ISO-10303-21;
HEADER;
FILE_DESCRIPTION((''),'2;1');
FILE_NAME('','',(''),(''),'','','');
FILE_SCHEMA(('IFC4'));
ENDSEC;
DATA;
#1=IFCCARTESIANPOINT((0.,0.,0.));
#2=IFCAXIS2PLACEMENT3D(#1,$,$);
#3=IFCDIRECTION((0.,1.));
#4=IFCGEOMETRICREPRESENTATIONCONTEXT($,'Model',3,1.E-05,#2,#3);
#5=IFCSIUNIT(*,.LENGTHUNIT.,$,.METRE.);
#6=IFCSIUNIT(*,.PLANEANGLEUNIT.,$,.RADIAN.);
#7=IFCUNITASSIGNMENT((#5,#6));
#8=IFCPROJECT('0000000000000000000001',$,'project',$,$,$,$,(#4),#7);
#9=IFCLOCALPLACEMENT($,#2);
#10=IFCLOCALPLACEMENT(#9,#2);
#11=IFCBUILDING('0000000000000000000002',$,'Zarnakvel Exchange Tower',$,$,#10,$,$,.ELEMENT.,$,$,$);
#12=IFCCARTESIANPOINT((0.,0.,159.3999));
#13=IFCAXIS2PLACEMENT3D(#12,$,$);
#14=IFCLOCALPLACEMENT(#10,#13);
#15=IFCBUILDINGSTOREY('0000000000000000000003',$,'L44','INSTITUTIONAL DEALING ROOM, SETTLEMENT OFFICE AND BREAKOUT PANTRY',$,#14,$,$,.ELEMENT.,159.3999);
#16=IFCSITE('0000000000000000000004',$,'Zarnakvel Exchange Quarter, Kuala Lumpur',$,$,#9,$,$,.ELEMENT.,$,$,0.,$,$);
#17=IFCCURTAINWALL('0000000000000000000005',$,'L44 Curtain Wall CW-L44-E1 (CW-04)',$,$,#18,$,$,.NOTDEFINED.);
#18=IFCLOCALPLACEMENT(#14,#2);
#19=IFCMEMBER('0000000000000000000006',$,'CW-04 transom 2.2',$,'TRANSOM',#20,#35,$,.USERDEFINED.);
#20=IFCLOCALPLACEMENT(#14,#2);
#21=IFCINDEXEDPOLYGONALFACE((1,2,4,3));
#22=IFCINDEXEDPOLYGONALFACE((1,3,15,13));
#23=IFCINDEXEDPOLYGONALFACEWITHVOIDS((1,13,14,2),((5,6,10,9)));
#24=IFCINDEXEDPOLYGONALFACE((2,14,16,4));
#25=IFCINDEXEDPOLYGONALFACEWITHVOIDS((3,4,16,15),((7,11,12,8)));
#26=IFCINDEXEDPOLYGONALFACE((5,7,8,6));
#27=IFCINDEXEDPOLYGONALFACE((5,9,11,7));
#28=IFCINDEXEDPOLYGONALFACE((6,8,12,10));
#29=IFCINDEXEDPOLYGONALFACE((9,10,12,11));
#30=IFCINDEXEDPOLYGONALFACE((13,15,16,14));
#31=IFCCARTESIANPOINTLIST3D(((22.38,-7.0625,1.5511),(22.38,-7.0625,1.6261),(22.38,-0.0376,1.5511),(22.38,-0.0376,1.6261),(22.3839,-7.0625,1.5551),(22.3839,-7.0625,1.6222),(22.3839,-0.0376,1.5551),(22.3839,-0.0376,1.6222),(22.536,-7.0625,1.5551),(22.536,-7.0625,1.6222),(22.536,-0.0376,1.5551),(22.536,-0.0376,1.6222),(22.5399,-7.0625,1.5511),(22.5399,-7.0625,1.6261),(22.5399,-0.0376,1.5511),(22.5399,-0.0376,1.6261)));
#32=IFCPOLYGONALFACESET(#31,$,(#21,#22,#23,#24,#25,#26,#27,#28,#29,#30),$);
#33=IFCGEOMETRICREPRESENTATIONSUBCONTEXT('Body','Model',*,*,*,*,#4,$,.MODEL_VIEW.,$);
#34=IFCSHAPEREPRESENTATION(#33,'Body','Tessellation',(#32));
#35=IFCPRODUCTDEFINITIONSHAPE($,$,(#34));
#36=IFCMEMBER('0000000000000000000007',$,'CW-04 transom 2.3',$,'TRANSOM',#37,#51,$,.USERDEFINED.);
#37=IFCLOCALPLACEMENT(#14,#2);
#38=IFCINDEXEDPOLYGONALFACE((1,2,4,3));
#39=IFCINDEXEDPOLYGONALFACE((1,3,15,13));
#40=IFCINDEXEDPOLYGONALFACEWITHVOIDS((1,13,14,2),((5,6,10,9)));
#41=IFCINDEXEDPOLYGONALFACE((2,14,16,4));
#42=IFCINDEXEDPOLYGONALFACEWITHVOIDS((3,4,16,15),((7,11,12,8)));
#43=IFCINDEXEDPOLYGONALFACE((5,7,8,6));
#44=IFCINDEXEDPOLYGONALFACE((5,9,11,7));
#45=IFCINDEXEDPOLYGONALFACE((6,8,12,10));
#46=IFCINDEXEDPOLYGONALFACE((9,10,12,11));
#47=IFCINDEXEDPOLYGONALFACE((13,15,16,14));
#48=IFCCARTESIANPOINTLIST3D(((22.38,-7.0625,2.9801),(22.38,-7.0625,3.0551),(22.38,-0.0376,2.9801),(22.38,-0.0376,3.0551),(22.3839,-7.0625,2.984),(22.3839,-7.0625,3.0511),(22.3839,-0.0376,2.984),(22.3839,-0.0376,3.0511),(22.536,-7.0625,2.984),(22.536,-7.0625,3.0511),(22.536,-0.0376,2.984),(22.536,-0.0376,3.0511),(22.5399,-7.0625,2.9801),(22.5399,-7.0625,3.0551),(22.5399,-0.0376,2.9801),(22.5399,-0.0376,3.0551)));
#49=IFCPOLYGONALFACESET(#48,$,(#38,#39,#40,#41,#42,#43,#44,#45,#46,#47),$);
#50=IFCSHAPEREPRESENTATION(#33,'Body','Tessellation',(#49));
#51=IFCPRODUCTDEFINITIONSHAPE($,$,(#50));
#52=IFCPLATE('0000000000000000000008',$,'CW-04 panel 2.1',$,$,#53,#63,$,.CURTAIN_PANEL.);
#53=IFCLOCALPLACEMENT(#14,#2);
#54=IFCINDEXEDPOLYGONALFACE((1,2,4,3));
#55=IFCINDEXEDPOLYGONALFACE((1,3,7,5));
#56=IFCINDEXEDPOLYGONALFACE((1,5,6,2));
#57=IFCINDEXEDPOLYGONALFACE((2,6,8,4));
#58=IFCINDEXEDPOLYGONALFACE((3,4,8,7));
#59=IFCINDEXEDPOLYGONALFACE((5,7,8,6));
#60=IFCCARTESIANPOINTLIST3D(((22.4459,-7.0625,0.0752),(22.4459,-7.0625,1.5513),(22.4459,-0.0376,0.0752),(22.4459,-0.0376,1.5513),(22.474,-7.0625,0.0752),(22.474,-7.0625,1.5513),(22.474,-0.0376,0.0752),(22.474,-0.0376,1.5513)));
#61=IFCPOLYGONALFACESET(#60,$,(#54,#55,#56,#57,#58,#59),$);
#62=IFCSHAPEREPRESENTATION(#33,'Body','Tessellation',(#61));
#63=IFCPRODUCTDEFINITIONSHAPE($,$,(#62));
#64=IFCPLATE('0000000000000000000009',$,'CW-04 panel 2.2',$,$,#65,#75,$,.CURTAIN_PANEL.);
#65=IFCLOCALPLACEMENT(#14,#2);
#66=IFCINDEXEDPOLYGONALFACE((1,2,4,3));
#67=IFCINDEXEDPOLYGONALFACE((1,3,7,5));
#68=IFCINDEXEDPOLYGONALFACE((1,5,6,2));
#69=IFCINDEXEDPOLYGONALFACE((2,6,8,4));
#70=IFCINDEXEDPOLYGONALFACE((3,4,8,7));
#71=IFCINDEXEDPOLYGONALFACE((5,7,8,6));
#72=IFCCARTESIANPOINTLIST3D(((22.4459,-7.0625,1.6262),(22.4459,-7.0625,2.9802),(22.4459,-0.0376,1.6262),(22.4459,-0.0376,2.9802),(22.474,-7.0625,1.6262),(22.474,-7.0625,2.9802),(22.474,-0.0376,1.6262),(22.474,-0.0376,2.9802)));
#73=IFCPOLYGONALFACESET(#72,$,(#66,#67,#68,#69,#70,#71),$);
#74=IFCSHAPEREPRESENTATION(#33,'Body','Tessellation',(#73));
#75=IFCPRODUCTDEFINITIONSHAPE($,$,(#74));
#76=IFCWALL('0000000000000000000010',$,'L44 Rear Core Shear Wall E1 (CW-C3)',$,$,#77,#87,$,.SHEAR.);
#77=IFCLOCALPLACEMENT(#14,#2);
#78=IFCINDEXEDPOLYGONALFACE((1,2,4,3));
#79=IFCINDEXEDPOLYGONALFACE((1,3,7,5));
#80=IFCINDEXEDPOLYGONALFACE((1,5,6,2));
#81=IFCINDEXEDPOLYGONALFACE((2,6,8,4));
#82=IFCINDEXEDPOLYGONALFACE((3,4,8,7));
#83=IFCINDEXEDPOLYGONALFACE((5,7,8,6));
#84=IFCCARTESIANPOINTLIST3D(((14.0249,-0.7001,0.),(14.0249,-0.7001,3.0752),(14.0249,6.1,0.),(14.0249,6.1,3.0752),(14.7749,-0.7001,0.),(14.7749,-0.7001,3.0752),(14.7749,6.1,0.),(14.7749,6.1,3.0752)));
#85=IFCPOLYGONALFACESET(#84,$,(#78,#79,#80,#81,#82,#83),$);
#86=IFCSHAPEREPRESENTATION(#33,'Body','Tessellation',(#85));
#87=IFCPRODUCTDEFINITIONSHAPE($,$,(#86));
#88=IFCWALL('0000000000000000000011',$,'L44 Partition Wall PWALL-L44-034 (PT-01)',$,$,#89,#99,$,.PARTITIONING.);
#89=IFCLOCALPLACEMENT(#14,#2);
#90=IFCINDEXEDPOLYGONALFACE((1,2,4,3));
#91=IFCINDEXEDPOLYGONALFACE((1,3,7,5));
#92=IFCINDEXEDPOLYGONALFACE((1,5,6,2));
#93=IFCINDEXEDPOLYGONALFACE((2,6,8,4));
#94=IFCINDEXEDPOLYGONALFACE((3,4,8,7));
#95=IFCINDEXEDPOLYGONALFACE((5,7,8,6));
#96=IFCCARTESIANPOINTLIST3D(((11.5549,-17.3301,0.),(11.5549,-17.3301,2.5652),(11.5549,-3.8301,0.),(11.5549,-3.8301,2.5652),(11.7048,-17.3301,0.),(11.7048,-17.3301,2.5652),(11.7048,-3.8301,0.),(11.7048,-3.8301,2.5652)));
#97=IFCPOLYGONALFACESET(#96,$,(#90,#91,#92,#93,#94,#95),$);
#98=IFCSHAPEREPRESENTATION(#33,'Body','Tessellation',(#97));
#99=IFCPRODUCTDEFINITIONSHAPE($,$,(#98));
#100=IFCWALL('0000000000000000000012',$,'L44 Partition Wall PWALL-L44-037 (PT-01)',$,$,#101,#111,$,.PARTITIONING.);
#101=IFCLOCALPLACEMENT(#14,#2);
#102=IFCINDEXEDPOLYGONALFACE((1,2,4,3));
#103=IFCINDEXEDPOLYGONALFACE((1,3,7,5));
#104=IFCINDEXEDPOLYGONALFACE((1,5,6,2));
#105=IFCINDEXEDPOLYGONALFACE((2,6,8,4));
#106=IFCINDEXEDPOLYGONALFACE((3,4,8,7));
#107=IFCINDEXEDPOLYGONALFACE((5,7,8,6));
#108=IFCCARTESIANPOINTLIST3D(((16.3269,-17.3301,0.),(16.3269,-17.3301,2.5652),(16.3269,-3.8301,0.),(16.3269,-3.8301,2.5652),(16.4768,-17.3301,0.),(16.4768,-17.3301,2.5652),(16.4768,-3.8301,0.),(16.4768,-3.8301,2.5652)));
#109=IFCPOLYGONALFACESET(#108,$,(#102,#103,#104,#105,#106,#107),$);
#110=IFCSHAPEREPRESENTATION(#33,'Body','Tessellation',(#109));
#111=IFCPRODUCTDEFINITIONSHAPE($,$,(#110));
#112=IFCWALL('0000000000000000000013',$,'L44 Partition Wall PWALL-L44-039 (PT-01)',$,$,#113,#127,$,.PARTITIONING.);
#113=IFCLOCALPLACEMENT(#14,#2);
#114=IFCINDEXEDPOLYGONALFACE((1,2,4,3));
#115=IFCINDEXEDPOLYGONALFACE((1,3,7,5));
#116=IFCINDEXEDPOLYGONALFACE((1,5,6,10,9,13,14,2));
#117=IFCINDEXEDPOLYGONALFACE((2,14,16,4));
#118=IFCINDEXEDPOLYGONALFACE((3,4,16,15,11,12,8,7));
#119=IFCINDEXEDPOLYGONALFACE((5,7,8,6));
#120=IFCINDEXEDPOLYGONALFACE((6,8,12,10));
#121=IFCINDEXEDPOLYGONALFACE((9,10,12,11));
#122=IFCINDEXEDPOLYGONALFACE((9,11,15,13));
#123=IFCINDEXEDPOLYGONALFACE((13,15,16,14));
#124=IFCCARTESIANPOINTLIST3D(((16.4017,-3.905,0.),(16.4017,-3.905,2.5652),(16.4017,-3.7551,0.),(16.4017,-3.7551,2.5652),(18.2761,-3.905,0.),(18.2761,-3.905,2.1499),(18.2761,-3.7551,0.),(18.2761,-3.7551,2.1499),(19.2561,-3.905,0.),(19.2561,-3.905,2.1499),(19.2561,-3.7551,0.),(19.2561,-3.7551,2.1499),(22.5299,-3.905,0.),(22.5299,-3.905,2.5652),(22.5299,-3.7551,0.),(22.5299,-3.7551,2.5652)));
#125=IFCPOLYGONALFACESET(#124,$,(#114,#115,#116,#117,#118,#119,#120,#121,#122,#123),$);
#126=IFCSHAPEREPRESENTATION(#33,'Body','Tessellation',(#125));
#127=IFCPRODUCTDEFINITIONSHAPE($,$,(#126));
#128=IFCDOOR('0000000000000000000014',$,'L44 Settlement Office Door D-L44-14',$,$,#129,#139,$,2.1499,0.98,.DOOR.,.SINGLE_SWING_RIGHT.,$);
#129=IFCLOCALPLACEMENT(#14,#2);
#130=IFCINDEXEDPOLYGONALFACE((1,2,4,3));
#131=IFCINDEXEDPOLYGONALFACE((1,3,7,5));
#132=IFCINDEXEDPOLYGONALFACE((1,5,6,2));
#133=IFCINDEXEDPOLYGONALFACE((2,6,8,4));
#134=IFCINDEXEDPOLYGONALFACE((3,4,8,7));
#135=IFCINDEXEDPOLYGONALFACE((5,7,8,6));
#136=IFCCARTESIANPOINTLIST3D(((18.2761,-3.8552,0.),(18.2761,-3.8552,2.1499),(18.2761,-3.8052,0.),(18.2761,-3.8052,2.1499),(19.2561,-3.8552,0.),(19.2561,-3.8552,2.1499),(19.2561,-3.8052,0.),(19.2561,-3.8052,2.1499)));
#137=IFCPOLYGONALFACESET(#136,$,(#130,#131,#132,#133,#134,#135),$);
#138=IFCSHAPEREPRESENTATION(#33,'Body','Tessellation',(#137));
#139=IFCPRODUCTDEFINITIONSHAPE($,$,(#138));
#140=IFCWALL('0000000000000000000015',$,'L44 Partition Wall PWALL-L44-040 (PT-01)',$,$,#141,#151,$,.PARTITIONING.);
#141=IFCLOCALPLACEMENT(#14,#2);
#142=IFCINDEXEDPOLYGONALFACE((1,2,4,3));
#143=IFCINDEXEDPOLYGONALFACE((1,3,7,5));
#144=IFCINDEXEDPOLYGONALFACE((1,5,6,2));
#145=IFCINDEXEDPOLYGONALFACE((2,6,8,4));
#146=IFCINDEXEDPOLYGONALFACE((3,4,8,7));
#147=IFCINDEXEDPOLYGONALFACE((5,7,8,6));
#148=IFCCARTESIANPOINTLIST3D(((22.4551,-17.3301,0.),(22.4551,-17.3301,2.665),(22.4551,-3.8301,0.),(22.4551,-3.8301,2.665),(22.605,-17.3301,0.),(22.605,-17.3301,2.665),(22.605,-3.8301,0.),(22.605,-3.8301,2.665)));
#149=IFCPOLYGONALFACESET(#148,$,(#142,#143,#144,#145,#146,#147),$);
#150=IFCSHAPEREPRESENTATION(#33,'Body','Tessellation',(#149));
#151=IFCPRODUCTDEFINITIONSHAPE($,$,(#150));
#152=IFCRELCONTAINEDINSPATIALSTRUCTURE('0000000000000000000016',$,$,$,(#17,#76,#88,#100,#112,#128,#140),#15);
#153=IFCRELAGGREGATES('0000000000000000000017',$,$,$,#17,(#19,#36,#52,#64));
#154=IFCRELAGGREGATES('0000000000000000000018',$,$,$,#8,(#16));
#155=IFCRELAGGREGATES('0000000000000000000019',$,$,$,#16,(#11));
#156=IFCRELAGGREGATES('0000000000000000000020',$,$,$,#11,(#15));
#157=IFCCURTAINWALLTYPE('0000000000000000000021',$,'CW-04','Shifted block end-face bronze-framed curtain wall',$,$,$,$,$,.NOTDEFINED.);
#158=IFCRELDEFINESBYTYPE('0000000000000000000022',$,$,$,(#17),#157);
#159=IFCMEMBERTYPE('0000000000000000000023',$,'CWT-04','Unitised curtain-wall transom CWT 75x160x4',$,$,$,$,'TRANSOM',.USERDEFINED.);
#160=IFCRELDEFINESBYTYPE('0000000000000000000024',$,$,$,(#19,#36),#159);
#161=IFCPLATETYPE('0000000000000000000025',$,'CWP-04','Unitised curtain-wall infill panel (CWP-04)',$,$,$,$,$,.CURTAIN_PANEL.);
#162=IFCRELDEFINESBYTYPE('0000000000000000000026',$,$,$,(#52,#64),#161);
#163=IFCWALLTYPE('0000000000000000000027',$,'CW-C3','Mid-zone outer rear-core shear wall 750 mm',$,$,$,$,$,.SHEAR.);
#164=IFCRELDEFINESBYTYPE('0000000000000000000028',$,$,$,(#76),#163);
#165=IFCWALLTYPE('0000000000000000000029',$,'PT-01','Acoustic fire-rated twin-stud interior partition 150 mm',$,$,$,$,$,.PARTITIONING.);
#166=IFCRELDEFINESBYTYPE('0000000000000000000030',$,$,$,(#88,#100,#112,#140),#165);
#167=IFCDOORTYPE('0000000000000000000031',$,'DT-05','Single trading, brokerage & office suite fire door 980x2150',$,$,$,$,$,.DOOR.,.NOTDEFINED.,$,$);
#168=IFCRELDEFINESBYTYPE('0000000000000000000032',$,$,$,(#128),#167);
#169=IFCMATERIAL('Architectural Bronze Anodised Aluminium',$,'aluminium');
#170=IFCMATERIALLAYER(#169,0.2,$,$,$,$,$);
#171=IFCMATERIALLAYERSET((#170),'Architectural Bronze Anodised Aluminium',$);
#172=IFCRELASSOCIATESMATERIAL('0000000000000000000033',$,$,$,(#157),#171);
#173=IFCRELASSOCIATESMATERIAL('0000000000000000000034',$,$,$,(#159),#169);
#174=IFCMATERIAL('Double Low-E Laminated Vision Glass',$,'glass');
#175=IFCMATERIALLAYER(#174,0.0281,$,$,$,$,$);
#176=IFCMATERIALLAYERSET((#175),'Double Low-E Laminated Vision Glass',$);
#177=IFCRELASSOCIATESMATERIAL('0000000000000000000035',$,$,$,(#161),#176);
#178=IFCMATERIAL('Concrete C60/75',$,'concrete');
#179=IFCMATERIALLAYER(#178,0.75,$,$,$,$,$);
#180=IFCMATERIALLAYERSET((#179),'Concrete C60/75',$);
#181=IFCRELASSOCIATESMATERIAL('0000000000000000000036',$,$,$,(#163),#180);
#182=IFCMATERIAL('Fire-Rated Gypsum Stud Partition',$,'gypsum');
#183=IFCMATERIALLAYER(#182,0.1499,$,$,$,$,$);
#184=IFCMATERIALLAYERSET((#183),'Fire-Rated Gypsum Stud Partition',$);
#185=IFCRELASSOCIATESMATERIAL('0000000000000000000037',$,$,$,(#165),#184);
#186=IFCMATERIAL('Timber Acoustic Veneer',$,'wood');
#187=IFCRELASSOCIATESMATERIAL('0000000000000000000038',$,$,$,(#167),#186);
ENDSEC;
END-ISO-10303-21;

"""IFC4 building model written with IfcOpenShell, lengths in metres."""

from ifc_helpers import new_model, si_unit, direction, frame, frame_2d, origin, origin_2d, place, context, subcontext, project, spatial, rectangle, hollow_rectangle, extrude, source, transform, mapped, material, layer, layer_set, material_profile, profile_set, type_object, element, fill, aggregate, save


model = new_model("IFC4")

# Units and contexts
model_context = context("Model", 3, precision=1e-05, world=origin(), true_north=direction((0.0, 1.0)))
body_context = subcontext(model_context, "Body", "Model", "MODEL_VIEW")
ifc_project = project(units=[si_unit("LENGTHUNIT", "METRE"), si_unit("PLANEANGLEUNIT", "RADIAN")], contexts=[model_context])

# Site, building, storey
site_placement = place(None, origin())
site = spatial("IfcSite", under=ifc_project, at=site_placement, Name="Zarnakvel Exchange Quarter, Kuala Lumpur", CompositionType="ELEMENT", RefElevation=0.0)
building_placement = place(site_placement, origin())
building = spatial("IfcBuilding", under=site, at=building_placement, Name="Zarnakvel Exchange Tower", CompositionType="ELEMENT")
storey_placement = place(building_placement, frame((0.0, 0.0, 159.3999)))
storey = spatial("IfcBuildingStorey", under=building, at=storey_placement, Name="L44", Description="INSTITUTIONAL DEALING ROOM, SETTLEMENT OFFICE AND BREAKOUT PANTRY", CompositionType="ELEMENT", Elevation=159.3999)

# Shared definitions
ifc_material_1 = material(Name="Concrete C60/75", Category="concrete")

# Curtain wall, members, plates
ifc_material_2 = material(Name="Architectural Bronze Anodised Aluminium", Category="aluminium")
ifc_layer_1 = layer(ifc_material_2, 0.2)
ifc_layer_set_1 = layer_set([ifc_layer_1], Name="Architectural Bronze Anodised Aluminium")
curtain_wall_type = type_object("IfcCurtainWallType", Name="CW-04", Description="Shifted block end-face bronze-framed curtain wall", PredefinedType="NOTDEFINED", material=ifc_layer_set_1)
curtain_wall_placement = place(storey_placement, origin())
curtain_wall = element("IfcCurtainWall", 1, at=curtain_wall_placement, inside=storey, type_object=curtain_wall_type, Name="L44 Curtain Wall CW-L44-E1 (CW-04)", PredefinedType="NOTDEFINED")
ifc_material_profile_1 = material_profile(ifc_material_2, hollow_rectangle(XDim=0.1599, YDim=0.075, WallThickness=0.0039, at=origin_2d()))
ifc_profile_set_1 = profile_set([ifc_material_profile_1], Name="Architectural Bronze Anodised Aluminium")
member_type_1 = type_object("IfcMemberType", Name="CWT-04", Description="Unitised curtain-wall transom CWT 75x160x4", ElementType="TRANSOM", PredefinedType="USERDEFINED", material=ifc_profile_set_1)
shared_shape_1 = source(origin(), body_context, "Body", "SweptSolid", [
    extrude(hollow_rectangle(XDim=0.1599, YDim=0.075, WallThickness=0.0039, at=origin_2d()), origin(), (0.0, 0.0, 1.0), 7.0249),
])
member_1_placement = place(storey_placement, frame((22.46, -7.0625, 1.5886), z_axis=(0.0, 1.0, 0.0), x_axis=(-1.0, 0.0, 0.0)))
member_1 = element("IfcMember", 2, at=member_1_placement, type_object=member_type_1, Name="CW-04 transom 2.2", ObjectType="TRANSOM", PredefinedType="USERDEFINED", context=body_context, shape_type="MappedRepresentation", body=[
    mapped(shared_shape_1, transform((0.0, 0.0, 0.0), x_axis=(1.0, 0.0, 0.0), y_axis=(0.0, 1.0, 0.0), z_axis=(0.0, 0.0, 1.0), scale=1.0)),
])
member_2_placement = place(storey_placement, frame((22.46, -7.0625, 3.0176), z_axis=(0.0, 1.0, 0.0), x_axis=(-1.0, 0.0, 0.0)))
member_2 = element("IfcMember", 3, at=member_2_placement, type_object=member_type_1, Name="CW-04 transom 2.3", ObjectType="TRANSOM", PredefinedType="USERDEFINED", context=body_context, shape_type="MappedRepresentation", body=[
    mapped(shared_shape_1, transform((0.0, 0.0, 0.0), x_axis=(1.0, 0.0, 0.0), y_axis=(0.0, 1.0, 0.0), z_axis=(0.0, 0.0, 1.0), scale=1.0)),
])
ifc_material_3 = material(Name="Double Low-E Laminated Vision Glass", Category="glass")
ifc_layer_2 = layer(ifc_material_3, 0.0281)
ifc_layer_set_2 = layer_set([ifc_layer_2], Name="Double Low-E Laminated Vision Glass")
plate_type = type_object("IfcPlateType", Name="CWP-04", Description="Unitised curtain-wall infill panel (CWP-04)", PredefinedType="CURTAIN_PANEL", material=ifc_layer_set_2)
shared_shape_2 = source(origin(), body_context, "Body", "SweptSolid", [
    extrude(rectangle(XDim=7.0249, YDim=0.0281, at=origin_2d()), origin(), (0.0, 0.0, 1.0), 1.4761),
])
plate_1_placement = place(storey_placement, frame((22.46, -3.55, 0.0752), z_axis=(0.0, 0.0, 1.0), x_axis=(0.0, 1.0, 0.0)))
plate_1 = element("IfcPlate", 4, at=plate_1_placement, type_object=plate_type, Name="CW-04 panel 2.1", PredefinedType="CURTAIN_PANEL", context=body_context, shape_type="MappedRepresentation", body=[
    mapped(shared_shape_2, transform((0.0, 0.0, 0.0), x_axis=(1.0, 0.0, 0.0), y_axis=(0.0, 1.0, 0.0), z_axis=(0.0, 0.0, 1.0), scale=1.0)),
])
shared_shape_3 = source(origin(), body_context, "Body", "SweptSolid", [
    extrude(rectangle(XDim=7.0249, YDim=0.0281, at=origin_2d()), origin(), (0.0, 0.0, 1.0), 1.354),
])
plate_2_placement = place(storey_placement, frame((22.46, -3.55, 1.6262), z_axis=(0.0, 0.0, 1.0), x_axis=(0.0, 1.0, 0.0)))
plate_2 = element("IfcPlate", 5, at=plate_2_placement, type_object=plate_type, Name="CW-04 panel 2.2", PredefinedType="CURTAIN_PANEL", context=body_context, shape_type="MappedRepresentation", body=[
    mapped(shared_shape_3, transform((0.0, 0.0, 0.0), x_axis=(1.0, 0.0, 0.0), y_axis=(0.0, 1.0, 0.0), z_axis=(0.0, 0.0, 1.0), scale=1.0)),
])
aggregate(curtain_wall, [member_1, member_2, plate_1, plate_2])

# Wall
ifc_layer_3 = layer(ifc_material_1, 0.75)
ifc_layer_set_3 = layer_set([ifc_layer_3], Name="Concrete C60/75")
wall_type_1 = type_object("IfcWallType", Name="CW-C3", Description="Mid-zone outer rear-core shear wall 750 mm", PredefinedType="SHEAR", material=ifc_layer_set_3)
wall_1_placement = place(storey_placement, frame((14.3999, -0.7, 0.0), z_axis=(0.0, 0.0, 1.0), x_axis=(0.0, 1.0, 0.0)))
element("IfcWall", 6, at=wall_1_placement, inside=storey, type_object=wall_type_1, Name="L44 Rear Core Shear Wall E1 (CW-C3)", PredefinedType="SHEAR", context=body_context, shape_type="SweptSolid", body=[
    extrude(rectangle(XDim=6.8, YDim=0.75, at=frame_2d((3.3999, 0.0))), origin(), (0.0, 0.0, 1.0), 3.0752),
])

# Shared definitions
ifc_material_4 = material(Name="Fire-Rated Gypsum Stud Partition", Category="gypsum")
ifc_layer_4 = layer(ifc_material_4, 0.1499)
ifc_layer_set_4 = layer_set([ifc_layer_4], Name="Fire-Rated Gypsum Stud Partition")
wall_type_2 = type_object("IfcWallType", Name="PT-01", Description="Acoustic fire-rated twin-stud interior partition 150 mm", PredefinedType="PARTITIONING", material=ifc_layer_set_4)
ifc_material_5 = material(Name="Timber Acoustic Veneer", Category="wood")
door_type_1 = type_object("IfcDoorType", Name="DT-05", Description="Single trading, brokerage & office suite fire door 980x2150", OperationType="NOTDEFINED", PredefinedType="DOOR", material=ifc_material_5)
shared_shape_4 = source(origin(), body_context, "Body", "SweptSolid", [
    extrude(rectangle(XDim=0.98, YDim=2.1499, at=frame_2d((0.49, 1.075))), frame((0.0, 0.0249, 0.0), z_axis=(0.0, -1.0, 0.0), x_axis=(1.0, 0.0, 0.0)), (0.0, 0.0, 1.0), 0.05),
])

# Wall
wall_2_placement = place(storey_placement, frame((11.6299, -3.8301, 0.0), z_axis=(0.0, 0.0, 1.0), x_axis=(0.0, -1.0, 0.0)))
element("IfcWall", 7, at=wall_2_placement, inside=storey, type_object=wall_type_2, Name="L44 Partition Wall PWALL-L44-034 (PT-01)", PredefinedType="PARTITIONING", context=body_context, shape_type="SweptSolid", body=[
    extrude(rectangle(XDim=13.5, YDim=0.1499, at=frame_2d((6.75, 0.0))), origin(), (0.0, 0.0, 1.0), 2.5652),
])

# Wall
wall_3_placement = place(storey_placement, frame((16.4019, -3.8301, 0.0), z_axis=(0.0, 0.0, 1.0), x_axis=(0.0, -1.0, 0.0)))
element("IfcWall", 8, at=wall_3_placement, inside=storey, type_object=wall_type_2, Name="L44 Partition Wall PWALL-L44-037 (PT-01)", PredefinedType="PARTITIONING", context=body_context, shape_type="SweptSolid", body=[
    extrude(rectangle(XDim=13.5, YDim=0.1499, at=frame_2d((6.75, 0.0))), origin(), (0.0, 0.0, 1.0), 2.5652),
])

# Wall, opening, door
wall_4_placement = place(storey_placement, frame((16.4019, -3.8301, 0.0), z_axis=(0.0, 0.0, 1.0), x_axis=(1.0, 0.0, 0.0)))
wall_4 = element("IfcWall", 9, at=wall_4_placement, inside=storey, type_object=wall_type_2, Name="L44 Partition Wall PWALL-L44-039 (PT-01)", PredefinedType="PARTITIONING", context=body_context, shape_type="SweptSolid", body=[
    extrude(rectangle(XDim=6.1282, YDim=0.1499, at=frame_2d((3.064, 0.0))), origin(), (0.0, 0.0, 1.0), 2.5652),
])
opening_1_placement = place(wall_4_placement, frame((1.8743, 0.0, 0.0)))
opening_1 = element("IfcOpeningElement", 10, at=opening_1_placement, cuts=wall_4, PredefinedType="OPENING", context=body_context, shape_type="SweptSolid", body=[
    extrude(rectangle(XDim=0.98, YDim=2.1499, at=frame_2d((0.49, 1.075))), frame((0.0, 0.085, 0.0), z_axis=(0.0, -1.0, 0.0), x_axis=(1.0, 0.0, 0.0)), (0.0, 0.0, 1.0), 0.1699),
])
door_1_placement = place(opening_1_placement, origin())
door_1 = element("IfcDoor", 11, at=door_1_placement, inside=storey, type_object=door_type_1, Name="L44 Settlement Office Door D-L44-14", OperationType="SINGLE_SWING_RIGHT", OverallHeight=2.1499, OverallWidth=0.98, PredefinedType="DOOR", context=body_context, shape_type="MappedRepresentation", body=[
    mapped(shared_shape_4, transform((0.0, 0.0, 0.0), x_axis=(1.0, 0.0, 0.0), y_axis=(0.0, 1.0, 0.0), z_axis=(0.0, 0.0, 1.0), scale=1.0)),
])
fill(opening_1, door_1)

# Wall
wall_5_placement = place(storey_placement, frame((22.53, -3.8301, 0.0), z_axis=(0.0, 0.0, 1.0), x_axis=(0.0, -1.0, 0.0)))
element("IfcWall", 12, at=wall_5_placement, inside=storey, type_object=wall_type_2, Name="L44 Partition Wall PWALL-L44-040 (PT-01)", PredefinedType="PARTITIONING", context=body_context, shape_type="SweptSolid", body=[
    extrude(rectangle(XDim=13.5, YDim=0.1499, at=frame_2d((6.75, 0.0))), origin(), (0.0, 0.0, 1.0), 2.665),
])

save(model, "model.ifc")
